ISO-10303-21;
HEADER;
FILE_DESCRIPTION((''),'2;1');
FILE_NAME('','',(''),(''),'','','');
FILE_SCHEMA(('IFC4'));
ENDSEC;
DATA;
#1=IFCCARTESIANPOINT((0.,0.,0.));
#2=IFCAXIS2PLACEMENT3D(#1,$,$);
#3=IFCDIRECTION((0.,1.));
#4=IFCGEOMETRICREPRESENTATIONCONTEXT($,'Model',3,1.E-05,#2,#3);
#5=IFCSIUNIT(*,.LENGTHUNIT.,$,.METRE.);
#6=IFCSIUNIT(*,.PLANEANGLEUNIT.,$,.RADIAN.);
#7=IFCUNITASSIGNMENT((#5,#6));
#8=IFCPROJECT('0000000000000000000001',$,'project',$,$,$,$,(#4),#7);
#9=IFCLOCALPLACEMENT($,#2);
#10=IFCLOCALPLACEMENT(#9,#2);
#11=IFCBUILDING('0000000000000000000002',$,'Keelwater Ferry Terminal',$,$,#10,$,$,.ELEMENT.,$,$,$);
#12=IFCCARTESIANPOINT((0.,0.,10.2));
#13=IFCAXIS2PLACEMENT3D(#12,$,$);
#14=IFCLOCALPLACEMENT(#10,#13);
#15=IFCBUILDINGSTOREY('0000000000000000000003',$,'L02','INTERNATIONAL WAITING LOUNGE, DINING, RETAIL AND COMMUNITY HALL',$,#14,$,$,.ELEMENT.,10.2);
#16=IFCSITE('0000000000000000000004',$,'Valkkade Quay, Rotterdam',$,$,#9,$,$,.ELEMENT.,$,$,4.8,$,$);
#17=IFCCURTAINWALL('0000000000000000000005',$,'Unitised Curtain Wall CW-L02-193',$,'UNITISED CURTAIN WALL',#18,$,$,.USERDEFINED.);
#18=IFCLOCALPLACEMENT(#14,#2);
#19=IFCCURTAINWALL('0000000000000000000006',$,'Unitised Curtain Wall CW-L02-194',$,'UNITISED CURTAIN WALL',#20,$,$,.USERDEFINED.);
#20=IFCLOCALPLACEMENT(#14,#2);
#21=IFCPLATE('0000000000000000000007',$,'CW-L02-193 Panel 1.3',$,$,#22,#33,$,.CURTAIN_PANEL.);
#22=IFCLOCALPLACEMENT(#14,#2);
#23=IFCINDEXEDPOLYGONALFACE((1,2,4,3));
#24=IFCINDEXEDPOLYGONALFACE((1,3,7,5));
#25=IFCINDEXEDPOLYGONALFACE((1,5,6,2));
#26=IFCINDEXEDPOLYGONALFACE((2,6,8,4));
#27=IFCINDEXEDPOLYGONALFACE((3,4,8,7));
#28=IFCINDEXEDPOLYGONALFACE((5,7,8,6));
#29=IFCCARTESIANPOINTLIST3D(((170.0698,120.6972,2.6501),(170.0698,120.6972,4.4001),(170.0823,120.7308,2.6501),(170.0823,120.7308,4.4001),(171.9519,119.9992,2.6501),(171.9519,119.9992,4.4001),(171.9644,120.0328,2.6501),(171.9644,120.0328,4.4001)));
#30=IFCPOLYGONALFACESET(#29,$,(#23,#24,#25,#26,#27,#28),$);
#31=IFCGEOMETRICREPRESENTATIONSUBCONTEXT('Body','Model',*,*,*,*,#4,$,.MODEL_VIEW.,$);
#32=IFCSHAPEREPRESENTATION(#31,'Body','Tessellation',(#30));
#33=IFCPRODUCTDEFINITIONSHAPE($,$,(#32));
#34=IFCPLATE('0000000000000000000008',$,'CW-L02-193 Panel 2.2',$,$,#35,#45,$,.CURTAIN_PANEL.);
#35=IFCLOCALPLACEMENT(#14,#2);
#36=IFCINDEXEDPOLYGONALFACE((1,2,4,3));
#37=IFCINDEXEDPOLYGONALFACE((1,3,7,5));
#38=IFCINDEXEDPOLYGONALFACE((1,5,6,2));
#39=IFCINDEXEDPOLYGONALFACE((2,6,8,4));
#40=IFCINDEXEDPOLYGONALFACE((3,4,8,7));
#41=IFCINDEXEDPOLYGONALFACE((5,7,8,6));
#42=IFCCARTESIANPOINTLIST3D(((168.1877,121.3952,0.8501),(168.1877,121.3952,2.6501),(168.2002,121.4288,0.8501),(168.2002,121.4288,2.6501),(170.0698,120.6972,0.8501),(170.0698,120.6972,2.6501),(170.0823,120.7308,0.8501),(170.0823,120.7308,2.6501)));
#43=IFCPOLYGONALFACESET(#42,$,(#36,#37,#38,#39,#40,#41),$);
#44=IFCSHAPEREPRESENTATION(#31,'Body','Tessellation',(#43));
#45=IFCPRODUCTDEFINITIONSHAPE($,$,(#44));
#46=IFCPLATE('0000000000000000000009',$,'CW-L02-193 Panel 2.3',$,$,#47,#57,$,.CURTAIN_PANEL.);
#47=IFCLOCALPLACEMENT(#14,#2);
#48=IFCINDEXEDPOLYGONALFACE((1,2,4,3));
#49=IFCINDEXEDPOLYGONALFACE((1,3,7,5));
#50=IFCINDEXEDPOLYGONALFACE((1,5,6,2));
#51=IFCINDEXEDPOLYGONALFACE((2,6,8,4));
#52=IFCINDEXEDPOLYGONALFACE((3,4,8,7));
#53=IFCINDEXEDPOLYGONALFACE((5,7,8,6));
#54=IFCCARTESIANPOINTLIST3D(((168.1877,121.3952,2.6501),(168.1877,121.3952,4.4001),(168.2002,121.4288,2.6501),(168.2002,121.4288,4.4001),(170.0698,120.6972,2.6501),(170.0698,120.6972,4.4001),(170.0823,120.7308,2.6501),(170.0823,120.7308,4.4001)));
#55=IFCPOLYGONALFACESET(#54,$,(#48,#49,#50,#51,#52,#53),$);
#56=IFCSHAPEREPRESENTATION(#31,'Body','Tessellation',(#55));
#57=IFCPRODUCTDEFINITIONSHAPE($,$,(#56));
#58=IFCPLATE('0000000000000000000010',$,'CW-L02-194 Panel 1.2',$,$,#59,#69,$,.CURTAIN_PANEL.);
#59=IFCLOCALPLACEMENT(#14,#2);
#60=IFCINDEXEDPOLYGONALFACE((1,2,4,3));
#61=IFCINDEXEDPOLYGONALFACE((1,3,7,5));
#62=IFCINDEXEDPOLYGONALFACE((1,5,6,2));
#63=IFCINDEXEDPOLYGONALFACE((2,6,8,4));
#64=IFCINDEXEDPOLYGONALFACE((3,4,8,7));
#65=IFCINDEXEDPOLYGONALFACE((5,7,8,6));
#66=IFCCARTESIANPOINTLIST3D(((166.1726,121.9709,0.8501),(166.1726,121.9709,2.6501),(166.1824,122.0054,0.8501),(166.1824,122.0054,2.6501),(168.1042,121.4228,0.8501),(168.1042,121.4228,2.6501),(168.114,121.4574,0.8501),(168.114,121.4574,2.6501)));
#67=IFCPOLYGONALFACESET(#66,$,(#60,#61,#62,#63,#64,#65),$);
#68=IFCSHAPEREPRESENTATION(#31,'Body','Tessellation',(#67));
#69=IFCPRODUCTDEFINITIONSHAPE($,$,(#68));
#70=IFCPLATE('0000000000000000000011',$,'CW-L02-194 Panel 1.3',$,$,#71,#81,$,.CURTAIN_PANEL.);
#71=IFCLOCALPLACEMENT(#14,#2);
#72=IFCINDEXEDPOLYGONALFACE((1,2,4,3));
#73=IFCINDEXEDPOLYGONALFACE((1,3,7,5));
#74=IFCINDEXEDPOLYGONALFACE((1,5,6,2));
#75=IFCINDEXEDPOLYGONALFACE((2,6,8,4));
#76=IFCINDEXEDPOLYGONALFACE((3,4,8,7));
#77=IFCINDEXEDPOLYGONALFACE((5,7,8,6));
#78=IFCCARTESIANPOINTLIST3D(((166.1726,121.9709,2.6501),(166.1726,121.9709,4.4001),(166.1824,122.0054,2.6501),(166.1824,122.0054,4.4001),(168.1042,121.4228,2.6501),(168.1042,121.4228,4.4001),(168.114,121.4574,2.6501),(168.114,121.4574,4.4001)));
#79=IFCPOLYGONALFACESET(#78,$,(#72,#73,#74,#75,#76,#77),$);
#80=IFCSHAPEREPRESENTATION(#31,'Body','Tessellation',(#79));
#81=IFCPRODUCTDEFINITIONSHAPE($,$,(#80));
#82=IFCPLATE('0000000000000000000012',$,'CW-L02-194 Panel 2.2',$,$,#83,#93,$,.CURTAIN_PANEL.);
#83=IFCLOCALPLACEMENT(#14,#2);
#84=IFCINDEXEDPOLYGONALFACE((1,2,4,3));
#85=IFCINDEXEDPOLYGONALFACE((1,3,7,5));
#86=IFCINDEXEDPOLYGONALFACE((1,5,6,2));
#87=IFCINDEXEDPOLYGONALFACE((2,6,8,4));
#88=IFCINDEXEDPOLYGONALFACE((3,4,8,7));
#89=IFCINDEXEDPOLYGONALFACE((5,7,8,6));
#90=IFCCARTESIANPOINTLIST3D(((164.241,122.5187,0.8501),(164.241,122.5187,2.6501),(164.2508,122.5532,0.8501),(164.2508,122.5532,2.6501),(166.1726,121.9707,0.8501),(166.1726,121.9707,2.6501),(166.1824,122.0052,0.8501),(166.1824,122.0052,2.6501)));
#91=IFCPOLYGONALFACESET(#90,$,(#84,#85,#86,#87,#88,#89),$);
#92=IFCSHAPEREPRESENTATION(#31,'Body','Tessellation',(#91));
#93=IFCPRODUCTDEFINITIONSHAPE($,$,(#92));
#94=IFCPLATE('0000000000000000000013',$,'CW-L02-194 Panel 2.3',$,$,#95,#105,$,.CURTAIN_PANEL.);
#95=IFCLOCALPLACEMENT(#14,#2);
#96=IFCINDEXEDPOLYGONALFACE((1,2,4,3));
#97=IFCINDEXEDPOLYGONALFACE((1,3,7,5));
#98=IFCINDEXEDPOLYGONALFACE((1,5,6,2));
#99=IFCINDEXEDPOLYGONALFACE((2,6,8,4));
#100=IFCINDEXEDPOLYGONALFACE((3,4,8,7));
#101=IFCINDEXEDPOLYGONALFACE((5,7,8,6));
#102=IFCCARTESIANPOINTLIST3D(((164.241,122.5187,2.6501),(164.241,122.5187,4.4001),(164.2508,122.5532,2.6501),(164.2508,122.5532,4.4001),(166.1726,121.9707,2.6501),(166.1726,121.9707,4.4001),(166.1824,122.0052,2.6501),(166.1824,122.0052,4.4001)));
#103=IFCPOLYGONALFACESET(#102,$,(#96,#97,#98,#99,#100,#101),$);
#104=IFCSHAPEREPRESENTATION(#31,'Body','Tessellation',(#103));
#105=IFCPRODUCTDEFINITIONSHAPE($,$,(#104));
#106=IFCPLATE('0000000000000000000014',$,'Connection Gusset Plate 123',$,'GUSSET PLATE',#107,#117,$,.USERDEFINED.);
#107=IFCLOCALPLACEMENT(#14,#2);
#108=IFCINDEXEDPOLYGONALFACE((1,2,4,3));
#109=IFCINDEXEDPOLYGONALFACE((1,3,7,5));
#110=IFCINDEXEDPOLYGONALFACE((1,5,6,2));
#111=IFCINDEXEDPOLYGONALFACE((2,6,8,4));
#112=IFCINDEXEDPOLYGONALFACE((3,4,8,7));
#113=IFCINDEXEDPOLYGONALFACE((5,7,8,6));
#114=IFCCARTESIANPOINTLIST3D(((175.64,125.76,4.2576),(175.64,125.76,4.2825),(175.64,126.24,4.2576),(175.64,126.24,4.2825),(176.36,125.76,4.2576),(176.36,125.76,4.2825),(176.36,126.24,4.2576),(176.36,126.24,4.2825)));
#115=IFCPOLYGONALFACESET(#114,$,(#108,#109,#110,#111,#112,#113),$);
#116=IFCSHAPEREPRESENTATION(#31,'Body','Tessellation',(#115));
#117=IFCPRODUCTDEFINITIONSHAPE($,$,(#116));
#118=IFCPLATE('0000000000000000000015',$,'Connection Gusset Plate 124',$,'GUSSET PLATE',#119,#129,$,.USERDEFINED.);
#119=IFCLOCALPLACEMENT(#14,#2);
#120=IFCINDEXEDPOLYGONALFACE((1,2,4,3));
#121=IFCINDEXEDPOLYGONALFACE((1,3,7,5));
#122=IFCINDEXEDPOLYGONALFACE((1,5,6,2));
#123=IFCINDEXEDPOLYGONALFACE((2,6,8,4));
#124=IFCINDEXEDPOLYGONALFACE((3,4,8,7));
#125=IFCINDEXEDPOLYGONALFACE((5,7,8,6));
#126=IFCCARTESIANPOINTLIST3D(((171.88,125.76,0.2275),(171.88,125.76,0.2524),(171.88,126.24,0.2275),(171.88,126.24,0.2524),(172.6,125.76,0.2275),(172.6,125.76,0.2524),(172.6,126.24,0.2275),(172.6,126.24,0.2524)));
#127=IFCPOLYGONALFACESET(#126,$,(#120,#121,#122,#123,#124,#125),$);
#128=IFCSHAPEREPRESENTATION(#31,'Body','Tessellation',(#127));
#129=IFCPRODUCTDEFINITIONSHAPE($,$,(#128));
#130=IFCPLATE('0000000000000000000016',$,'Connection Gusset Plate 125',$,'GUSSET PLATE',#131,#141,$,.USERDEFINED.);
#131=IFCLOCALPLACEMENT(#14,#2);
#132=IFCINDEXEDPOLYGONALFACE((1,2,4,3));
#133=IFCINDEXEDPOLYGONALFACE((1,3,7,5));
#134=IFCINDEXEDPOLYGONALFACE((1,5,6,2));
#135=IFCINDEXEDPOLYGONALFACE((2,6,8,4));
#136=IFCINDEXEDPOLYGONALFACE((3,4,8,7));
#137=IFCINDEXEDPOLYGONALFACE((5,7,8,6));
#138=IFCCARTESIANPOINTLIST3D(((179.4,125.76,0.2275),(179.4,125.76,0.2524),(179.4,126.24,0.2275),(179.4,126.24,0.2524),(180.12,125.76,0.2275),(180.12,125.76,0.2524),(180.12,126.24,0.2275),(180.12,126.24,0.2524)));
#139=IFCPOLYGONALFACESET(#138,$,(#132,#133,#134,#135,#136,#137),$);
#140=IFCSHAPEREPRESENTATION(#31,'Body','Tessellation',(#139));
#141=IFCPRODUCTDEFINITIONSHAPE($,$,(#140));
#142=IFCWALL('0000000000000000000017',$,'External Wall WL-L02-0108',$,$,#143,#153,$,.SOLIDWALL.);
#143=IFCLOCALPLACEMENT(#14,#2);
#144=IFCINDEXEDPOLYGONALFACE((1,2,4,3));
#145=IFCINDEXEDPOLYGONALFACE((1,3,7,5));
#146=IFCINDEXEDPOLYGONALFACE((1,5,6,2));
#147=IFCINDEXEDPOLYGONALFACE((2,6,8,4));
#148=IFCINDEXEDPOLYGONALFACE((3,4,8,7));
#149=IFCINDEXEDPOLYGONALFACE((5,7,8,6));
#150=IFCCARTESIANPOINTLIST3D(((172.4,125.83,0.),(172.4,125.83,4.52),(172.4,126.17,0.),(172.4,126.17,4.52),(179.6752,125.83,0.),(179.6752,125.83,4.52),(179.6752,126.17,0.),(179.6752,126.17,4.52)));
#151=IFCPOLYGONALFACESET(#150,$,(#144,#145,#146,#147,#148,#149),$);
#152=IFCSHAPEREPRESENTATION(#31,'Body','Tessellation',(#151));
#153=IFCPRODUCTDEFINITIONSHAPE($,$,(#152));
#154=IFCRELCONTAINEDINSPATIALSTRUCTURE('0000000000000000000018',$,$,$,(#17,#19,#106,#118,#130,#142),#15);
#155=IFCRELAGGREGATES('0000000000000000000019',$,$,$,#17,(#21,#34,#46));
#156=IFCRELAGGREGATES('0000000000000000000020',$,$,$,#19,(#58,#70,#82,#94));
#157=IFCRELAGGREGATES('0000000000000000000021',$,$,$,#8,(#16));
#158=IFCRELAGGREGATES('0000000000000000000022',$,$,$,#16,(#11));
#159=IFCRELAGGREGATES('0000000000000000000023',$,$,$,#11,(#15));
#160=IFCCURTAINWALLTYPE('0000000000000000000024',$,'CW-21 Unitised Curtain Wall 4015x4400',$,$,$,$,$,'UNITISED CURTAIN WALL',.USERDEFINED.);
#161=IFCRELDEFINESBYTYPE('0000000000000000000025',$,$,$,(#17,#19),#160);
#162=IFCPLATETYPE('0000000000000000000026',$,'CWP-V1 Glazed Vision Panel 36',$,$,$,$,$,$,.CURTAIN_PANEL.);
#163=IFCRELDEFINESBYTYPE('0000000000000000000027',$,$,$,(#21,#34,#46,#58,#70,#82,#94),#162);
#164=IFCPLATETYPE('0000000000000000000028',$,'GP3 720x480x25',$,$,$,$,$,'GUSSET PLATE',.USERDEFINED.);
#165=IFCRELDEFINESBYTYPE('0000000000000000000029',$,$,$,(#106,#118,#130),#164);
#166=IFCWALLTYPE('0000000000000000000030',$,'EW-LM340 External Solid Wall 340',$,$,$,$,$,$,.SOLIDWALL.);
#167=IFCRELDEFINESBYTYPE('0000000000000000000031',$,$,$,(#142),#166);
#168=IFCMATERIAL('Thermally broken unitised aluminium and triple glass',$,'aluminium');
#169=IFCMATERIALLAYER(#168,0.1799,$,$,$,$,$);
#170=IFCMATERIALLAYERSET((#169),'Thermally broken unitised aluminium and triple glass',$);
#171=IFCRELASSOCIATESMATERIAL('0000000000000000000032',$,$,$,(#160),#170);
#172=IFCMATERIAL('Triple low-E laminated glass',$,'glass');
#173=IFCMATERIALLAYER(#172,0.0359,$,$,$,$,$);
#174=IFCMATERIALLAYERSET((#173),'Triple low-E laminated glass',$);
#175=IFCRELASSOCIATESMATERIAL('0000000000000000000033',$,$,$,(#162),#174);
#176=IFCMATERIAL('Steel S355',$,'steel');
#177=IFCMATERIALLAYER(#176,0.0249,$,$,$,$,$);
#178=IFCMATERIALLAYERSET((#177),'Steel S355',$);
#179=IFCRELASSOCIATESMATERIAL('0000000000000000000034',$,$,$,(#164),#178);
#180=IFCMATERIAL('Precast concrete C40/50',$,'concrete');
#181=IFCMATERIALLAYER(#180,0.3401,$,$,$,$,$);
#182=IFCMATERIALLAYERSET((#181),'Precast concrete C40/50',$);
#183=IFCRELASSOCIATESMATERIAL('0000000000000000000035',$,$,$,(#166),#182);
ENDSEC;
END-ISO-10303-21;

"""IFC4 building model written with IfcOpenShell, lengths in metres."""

from ifc_helpers import new_model, si_unit, direction, frame, frame_2d, origin, origin_2d, place, context, subcontext, project, spatial, rectangle, extrude, material, layer, layer_set, type_object, element, aggregate, save


model = new_model("IFC4")

# Units and contexts
model_context = context("Model", 3, precision=1e-05, world=origin(), true_north=direction((0.0, 1.0)))
body_context = subcontext(model_context, "Body", "Model", "MODEL_VIEW")
ifc_project = project(units=[si_unit("LENGTHUNIT", "METRE"), si_unit("PLANEANGLEUNIT", "RADIAN")], contexts=[model_context])

# Site, building, storey
site_placement = place(None, origin())
site = spatial("IfcSite", under=ifc_project, at=site_placement, Name="Valkkade Quay, Rotterdam", CompositionType="ELEMENT", RefElevation=4.8)
building_placement = place(site_placement, origin())
building = spatial("IfcBuilding", under=site, at=building_placement, Name="Keelwater Ferry Terminal", CompositionType="ELEMENT")
storey_placement = place(building_placement, frame((0.0, 0.0, 10.2)))
storey = spatial("IfcBuildingStorey", under=building, at=storey_placement, Name="L02", Description="INTERNATIONAL WAITING LOUNGE, DINING, RETAIL AND COMMUNITY HALL", CompositionType="ELEMENT", Elevation=10.2)

# Curtain walls
ifc_material_1 = material(Name="Thermally broken unitised aluminium and triple glass", Category="aluminium")
ifc_layer_1 = layer(ifc_material_1, 0.1799)
ifc_layer_set_1 = layer_set([ifc_layer_1], Name="Thermally broken unitised aluminium and triple glass")
curtain_wall_type = type_object("IfcCurtainWallType", Name="CW-21 Unitised Curtain Wall 4015x4400", ElementType="UNITISED CURTAIN WALL", PredefinedType="USERDEFINED", material=ifc_layer_set_1)
curtain_wall_1_placement = place(storey_placement, origin())
curtain_wall_1 = element("IfcCurtainWall", 1, at=curtain_wall_1_placement, inside=storey, type_object=curtain_wall_type, Name="Unitised Curtain Wall CW-L02-193", ObjectType="UNITISED CURTAIN WALL", PredefinedType="USERDEFINED")
curtain_wall_2_placement = place(storey_placement, origin())
curtain_wall_2 = element("IfcCurtainWall", 2, at=curtain_wall_2_placement, inside=storey, type_object=curtain_wall_type, Name="Unitised Curtain Wall CW-L02-194", ObjectType="UNITISED CURTAIN WALL", PredefinedType="USERDEFINED")

# Plates
ifc_material_2 = material(Name="Triple low-E laminated glass", Category="glass")
ifc_layer_2 = layer(ifc_material_2, 0.0359)
ifc_layer_set_2 = layer_set([ifc_layer_2], Name="Triple low-E laminated glass")
plate_type_1 = type_object("IfcPlateType", Name="CWP-V1 Glazed Vision Panel 36", PredefinedType="CURTAIN_PANEL", material=ifc_layer_set_2)
plate_1_placement = place(storey_placement, frame((171.0171, 120.365, 2.6501), z_axis=(0.0, 0.0, 1.0), x_axis=(-0.937592, 0.347736, 0.0)))
plate_1 = element("IfcPlate", 3, at=plate_1_placement, type_object=plate_type_1, Name="CW-L02-193 Panel 1.3", PredefinedType="CURTAIN_PANEL", context=body_context, shape_type="SweptSolid", body=[
    extrude(rectangle(XDim=2.0073, YDim=0.0359, at=origin_2d()), origin(), (0.0, 0.0, 1.0), 1.75),
])
plate_2_placement = place(storey_placement, frame((169.135, 121.063, 0.8501), z_axis=(0.0, 0.0, 1.0), x_axis=(-0.937592, 0.347736, 0.0)))
plate_2 = element("IfcPlate", 4, at=plate_2_placement, type_object=plate_type_1, Name="CW-L02-193 Panel 2.2", PredefinedType="CURTAIN_PANEL", context=body_context, shape_type="SweptSolid", body=[
    extrude(rectangle(XDim=2.0073, YDim=0.0359, at=origin_2d()), origin(), (0.0, 0.0, 1.0), 1.8),
])
plate_3_placement = place(storey_placement, frame((169.135, 121.063, 2.6501), z_axis=(0.0, 0.0, 1.0), x_axis=(-0.937592, 0.347736, 0.0)))
plate_3 = element("IfcPlate", 5, at=plate_3_placement, type_object=plate_type_1, Name="CW-L02-193 Panel 2.3", PredefinedType="CURTAIN_PANEL", context=body_context, shape_type="SweptSolid", body=[
    extrude(rectangle(XDim=2.0073, YDim=0.0359, at=origin_2d()), origin(), (0.0, 0.0, 1.0), 1.75),
])
aggregate(curtain_wall_1, [plate_1, plate_2, plate_3])
plate_4_placement = place(storey_placement, frame((167.1433, 121.7141, 0.8501), z_axis=(0.0, 0.0, 1.0), x_axis=(-0.96203, 0.272945, 0.0)))
plate_4 = element("IfcPlate", 6, at=plate_4_placement, type_object=plate_type_1, Name="CW-L02-194 Panel 1.2", PredefinedType="CURTAIN_PANEL", context=body_context, shape_type="SweptSolid", body=[
    extrude(rectangle(XDim=2.0078, YDim=0.0359, at=origin_2d()), origin(), (0.0, 0.0, 1.0), 1.8),
])
plate_5_placement = place(storey_placement, frame((167.1433, 121.7141, 2.6501), z_axis=(0.0, 0.0, 1.0), x_axis=(-0.96203, 0.272945, 0.0)))
plate_5 = element("IfcPlate", 7, at=plate_5_placement, type_object=plate_type_1, Name="CW-L02-194 Panel 1.3", PredefinedType="CURTAIN_PANEL", context=body_context, shape_type="SweptSolid", body=[
    extrude(rectangle(XDim=2.0078, YDim=0.0359, at=origin_2d()), origin(), (0.0, 0.0, 1.0), 1.75),
])
plate_6_placement = place(storey_placement, frame((165.2117, 122.262, 0.8501), z_axis=(0.0, 0.0, 1.0), x_axis=(-0.96203, 0.272945, 0.0)))
plate_6 = element("IfcPlate", 8, at=plate_6_placement, type_object=plate_type_1, Name="CW-L02-194 Panel 2.2", PredefinedType="CURTAIN_PANEL", context=body_context, shape_type="SweptSolid", body=[
    extrude(rectangle(XDim=2.0078, YDim=0.0359, at=origin_2d()), origin(), (0.0, 0.0, 1.0), 1.8),
])
plate_7_placement = place(storey_placement, frame((165.2117, 122.262, 2.6501), z_axis=(0.0, 0.0, 1.0), x_axis=(-0.96203, 0.272945, 0.0)))
plate_7 = element("IfcPlate", 9, at=plate_7_placement, type_object=plate_type_1, Name="CW-L02-194 Panel 2.3", PredefinedType="CURTAIN_PANEL", context=body_context, shape_type="SweptSolid", body=[
    extrude(rectangle(XDim=2.0078, YDim=0.0359, at=origin_2d()), origin(), (0.0, 0.0, 1.0), 1.75),
])
aggregate(curtain_wall_2, [plate_4, plate_5, plate_6, plate_7])

# Plates
ifc_material_3 = material(Name="Steel S355", Category="steel")
ifc_layer_3 = layer(ifc_material_3, 0.0249)
ifc_layer_set_3 = layer_set([ifc_layer_3], Name="Steel S355")
plate_type_2 = type_object("IfcPlateType", Name="GP3 720x480x25", ElementType="GUSSET PLATE", PredefinedType="USERDEFINED", material=ifc_layer_set_3)
for number, where, z_axis, x_axis, name in (
    (10, (176.0, 126.0, 4.2576), (0.0, 0.0, 1.0), (1.0, 0.0, 0.0), "Connection Gusset Plate 123"),
    (11, (172.24, 126.0, 0.2275), (0.0, 0.0, 1.0), (1.0, 0.0, 0.0), "Connection Gusset Plate 124"),
    (12, (179.76, 126.0, 0.2275), (0.0, 0.0, 1.0), (1.0, 0.0, 0.0), "Connection Gusset Plate 125"),
):
    element("IfcPlate", number, at=place(storey_placement, frame(where, z_axis=z_axis, x_axis=x_axis)), inside=storey, type_object=plate_type_2, Name=name, ObjectType="GUSSET PLATE", PredefinedType="USERDEFINED", context=body_context, shape_type="SweptSolid", body=[
        extrude(rectangle(XDim=0.72, YDim=0.48, at=origin_2d()), origin(), (0.0, 0.0, 1.0), 0.0249),
    ])

# Wall
ifc_material_4 = material(Name="Precast concrete C40/50", Category="concrete")
ifc_layer_4 = layer(ifc_material_4, 0.3401)
ifc_layer_set_4 = layer_set([ifc_layer_4], Name="Precast concrete C40/50")
wall_type = type_object("IfcWallType", Name="EW-LM340 External Solid Wall 340", PredefinedType="SOLIDWALL", material=ifc_layer_set_4)
wall_placement = place(storey_placement, frame((172.3999, 126.0, 0.0), z_axis=(0.0, 0.0, 1.0), x_axis=(1.0, 0.0, 0.0)))
element("IfcWall", 13, at=wall_placement, inside=storey, type_object=wall_type, Name="External Wall WL-L02-0108", PredefinedType="SOLIDWALL", context=body_context, shape_type="SweptSolid", body=[
    extrude(rectangle(XDim=7.2751, YDim=0.3401, at=frame_2d((3.6377, 0.0))), origin(), (0.0, 0.0, 1.0), 4.52),
])

save(model, "model.ifc")
